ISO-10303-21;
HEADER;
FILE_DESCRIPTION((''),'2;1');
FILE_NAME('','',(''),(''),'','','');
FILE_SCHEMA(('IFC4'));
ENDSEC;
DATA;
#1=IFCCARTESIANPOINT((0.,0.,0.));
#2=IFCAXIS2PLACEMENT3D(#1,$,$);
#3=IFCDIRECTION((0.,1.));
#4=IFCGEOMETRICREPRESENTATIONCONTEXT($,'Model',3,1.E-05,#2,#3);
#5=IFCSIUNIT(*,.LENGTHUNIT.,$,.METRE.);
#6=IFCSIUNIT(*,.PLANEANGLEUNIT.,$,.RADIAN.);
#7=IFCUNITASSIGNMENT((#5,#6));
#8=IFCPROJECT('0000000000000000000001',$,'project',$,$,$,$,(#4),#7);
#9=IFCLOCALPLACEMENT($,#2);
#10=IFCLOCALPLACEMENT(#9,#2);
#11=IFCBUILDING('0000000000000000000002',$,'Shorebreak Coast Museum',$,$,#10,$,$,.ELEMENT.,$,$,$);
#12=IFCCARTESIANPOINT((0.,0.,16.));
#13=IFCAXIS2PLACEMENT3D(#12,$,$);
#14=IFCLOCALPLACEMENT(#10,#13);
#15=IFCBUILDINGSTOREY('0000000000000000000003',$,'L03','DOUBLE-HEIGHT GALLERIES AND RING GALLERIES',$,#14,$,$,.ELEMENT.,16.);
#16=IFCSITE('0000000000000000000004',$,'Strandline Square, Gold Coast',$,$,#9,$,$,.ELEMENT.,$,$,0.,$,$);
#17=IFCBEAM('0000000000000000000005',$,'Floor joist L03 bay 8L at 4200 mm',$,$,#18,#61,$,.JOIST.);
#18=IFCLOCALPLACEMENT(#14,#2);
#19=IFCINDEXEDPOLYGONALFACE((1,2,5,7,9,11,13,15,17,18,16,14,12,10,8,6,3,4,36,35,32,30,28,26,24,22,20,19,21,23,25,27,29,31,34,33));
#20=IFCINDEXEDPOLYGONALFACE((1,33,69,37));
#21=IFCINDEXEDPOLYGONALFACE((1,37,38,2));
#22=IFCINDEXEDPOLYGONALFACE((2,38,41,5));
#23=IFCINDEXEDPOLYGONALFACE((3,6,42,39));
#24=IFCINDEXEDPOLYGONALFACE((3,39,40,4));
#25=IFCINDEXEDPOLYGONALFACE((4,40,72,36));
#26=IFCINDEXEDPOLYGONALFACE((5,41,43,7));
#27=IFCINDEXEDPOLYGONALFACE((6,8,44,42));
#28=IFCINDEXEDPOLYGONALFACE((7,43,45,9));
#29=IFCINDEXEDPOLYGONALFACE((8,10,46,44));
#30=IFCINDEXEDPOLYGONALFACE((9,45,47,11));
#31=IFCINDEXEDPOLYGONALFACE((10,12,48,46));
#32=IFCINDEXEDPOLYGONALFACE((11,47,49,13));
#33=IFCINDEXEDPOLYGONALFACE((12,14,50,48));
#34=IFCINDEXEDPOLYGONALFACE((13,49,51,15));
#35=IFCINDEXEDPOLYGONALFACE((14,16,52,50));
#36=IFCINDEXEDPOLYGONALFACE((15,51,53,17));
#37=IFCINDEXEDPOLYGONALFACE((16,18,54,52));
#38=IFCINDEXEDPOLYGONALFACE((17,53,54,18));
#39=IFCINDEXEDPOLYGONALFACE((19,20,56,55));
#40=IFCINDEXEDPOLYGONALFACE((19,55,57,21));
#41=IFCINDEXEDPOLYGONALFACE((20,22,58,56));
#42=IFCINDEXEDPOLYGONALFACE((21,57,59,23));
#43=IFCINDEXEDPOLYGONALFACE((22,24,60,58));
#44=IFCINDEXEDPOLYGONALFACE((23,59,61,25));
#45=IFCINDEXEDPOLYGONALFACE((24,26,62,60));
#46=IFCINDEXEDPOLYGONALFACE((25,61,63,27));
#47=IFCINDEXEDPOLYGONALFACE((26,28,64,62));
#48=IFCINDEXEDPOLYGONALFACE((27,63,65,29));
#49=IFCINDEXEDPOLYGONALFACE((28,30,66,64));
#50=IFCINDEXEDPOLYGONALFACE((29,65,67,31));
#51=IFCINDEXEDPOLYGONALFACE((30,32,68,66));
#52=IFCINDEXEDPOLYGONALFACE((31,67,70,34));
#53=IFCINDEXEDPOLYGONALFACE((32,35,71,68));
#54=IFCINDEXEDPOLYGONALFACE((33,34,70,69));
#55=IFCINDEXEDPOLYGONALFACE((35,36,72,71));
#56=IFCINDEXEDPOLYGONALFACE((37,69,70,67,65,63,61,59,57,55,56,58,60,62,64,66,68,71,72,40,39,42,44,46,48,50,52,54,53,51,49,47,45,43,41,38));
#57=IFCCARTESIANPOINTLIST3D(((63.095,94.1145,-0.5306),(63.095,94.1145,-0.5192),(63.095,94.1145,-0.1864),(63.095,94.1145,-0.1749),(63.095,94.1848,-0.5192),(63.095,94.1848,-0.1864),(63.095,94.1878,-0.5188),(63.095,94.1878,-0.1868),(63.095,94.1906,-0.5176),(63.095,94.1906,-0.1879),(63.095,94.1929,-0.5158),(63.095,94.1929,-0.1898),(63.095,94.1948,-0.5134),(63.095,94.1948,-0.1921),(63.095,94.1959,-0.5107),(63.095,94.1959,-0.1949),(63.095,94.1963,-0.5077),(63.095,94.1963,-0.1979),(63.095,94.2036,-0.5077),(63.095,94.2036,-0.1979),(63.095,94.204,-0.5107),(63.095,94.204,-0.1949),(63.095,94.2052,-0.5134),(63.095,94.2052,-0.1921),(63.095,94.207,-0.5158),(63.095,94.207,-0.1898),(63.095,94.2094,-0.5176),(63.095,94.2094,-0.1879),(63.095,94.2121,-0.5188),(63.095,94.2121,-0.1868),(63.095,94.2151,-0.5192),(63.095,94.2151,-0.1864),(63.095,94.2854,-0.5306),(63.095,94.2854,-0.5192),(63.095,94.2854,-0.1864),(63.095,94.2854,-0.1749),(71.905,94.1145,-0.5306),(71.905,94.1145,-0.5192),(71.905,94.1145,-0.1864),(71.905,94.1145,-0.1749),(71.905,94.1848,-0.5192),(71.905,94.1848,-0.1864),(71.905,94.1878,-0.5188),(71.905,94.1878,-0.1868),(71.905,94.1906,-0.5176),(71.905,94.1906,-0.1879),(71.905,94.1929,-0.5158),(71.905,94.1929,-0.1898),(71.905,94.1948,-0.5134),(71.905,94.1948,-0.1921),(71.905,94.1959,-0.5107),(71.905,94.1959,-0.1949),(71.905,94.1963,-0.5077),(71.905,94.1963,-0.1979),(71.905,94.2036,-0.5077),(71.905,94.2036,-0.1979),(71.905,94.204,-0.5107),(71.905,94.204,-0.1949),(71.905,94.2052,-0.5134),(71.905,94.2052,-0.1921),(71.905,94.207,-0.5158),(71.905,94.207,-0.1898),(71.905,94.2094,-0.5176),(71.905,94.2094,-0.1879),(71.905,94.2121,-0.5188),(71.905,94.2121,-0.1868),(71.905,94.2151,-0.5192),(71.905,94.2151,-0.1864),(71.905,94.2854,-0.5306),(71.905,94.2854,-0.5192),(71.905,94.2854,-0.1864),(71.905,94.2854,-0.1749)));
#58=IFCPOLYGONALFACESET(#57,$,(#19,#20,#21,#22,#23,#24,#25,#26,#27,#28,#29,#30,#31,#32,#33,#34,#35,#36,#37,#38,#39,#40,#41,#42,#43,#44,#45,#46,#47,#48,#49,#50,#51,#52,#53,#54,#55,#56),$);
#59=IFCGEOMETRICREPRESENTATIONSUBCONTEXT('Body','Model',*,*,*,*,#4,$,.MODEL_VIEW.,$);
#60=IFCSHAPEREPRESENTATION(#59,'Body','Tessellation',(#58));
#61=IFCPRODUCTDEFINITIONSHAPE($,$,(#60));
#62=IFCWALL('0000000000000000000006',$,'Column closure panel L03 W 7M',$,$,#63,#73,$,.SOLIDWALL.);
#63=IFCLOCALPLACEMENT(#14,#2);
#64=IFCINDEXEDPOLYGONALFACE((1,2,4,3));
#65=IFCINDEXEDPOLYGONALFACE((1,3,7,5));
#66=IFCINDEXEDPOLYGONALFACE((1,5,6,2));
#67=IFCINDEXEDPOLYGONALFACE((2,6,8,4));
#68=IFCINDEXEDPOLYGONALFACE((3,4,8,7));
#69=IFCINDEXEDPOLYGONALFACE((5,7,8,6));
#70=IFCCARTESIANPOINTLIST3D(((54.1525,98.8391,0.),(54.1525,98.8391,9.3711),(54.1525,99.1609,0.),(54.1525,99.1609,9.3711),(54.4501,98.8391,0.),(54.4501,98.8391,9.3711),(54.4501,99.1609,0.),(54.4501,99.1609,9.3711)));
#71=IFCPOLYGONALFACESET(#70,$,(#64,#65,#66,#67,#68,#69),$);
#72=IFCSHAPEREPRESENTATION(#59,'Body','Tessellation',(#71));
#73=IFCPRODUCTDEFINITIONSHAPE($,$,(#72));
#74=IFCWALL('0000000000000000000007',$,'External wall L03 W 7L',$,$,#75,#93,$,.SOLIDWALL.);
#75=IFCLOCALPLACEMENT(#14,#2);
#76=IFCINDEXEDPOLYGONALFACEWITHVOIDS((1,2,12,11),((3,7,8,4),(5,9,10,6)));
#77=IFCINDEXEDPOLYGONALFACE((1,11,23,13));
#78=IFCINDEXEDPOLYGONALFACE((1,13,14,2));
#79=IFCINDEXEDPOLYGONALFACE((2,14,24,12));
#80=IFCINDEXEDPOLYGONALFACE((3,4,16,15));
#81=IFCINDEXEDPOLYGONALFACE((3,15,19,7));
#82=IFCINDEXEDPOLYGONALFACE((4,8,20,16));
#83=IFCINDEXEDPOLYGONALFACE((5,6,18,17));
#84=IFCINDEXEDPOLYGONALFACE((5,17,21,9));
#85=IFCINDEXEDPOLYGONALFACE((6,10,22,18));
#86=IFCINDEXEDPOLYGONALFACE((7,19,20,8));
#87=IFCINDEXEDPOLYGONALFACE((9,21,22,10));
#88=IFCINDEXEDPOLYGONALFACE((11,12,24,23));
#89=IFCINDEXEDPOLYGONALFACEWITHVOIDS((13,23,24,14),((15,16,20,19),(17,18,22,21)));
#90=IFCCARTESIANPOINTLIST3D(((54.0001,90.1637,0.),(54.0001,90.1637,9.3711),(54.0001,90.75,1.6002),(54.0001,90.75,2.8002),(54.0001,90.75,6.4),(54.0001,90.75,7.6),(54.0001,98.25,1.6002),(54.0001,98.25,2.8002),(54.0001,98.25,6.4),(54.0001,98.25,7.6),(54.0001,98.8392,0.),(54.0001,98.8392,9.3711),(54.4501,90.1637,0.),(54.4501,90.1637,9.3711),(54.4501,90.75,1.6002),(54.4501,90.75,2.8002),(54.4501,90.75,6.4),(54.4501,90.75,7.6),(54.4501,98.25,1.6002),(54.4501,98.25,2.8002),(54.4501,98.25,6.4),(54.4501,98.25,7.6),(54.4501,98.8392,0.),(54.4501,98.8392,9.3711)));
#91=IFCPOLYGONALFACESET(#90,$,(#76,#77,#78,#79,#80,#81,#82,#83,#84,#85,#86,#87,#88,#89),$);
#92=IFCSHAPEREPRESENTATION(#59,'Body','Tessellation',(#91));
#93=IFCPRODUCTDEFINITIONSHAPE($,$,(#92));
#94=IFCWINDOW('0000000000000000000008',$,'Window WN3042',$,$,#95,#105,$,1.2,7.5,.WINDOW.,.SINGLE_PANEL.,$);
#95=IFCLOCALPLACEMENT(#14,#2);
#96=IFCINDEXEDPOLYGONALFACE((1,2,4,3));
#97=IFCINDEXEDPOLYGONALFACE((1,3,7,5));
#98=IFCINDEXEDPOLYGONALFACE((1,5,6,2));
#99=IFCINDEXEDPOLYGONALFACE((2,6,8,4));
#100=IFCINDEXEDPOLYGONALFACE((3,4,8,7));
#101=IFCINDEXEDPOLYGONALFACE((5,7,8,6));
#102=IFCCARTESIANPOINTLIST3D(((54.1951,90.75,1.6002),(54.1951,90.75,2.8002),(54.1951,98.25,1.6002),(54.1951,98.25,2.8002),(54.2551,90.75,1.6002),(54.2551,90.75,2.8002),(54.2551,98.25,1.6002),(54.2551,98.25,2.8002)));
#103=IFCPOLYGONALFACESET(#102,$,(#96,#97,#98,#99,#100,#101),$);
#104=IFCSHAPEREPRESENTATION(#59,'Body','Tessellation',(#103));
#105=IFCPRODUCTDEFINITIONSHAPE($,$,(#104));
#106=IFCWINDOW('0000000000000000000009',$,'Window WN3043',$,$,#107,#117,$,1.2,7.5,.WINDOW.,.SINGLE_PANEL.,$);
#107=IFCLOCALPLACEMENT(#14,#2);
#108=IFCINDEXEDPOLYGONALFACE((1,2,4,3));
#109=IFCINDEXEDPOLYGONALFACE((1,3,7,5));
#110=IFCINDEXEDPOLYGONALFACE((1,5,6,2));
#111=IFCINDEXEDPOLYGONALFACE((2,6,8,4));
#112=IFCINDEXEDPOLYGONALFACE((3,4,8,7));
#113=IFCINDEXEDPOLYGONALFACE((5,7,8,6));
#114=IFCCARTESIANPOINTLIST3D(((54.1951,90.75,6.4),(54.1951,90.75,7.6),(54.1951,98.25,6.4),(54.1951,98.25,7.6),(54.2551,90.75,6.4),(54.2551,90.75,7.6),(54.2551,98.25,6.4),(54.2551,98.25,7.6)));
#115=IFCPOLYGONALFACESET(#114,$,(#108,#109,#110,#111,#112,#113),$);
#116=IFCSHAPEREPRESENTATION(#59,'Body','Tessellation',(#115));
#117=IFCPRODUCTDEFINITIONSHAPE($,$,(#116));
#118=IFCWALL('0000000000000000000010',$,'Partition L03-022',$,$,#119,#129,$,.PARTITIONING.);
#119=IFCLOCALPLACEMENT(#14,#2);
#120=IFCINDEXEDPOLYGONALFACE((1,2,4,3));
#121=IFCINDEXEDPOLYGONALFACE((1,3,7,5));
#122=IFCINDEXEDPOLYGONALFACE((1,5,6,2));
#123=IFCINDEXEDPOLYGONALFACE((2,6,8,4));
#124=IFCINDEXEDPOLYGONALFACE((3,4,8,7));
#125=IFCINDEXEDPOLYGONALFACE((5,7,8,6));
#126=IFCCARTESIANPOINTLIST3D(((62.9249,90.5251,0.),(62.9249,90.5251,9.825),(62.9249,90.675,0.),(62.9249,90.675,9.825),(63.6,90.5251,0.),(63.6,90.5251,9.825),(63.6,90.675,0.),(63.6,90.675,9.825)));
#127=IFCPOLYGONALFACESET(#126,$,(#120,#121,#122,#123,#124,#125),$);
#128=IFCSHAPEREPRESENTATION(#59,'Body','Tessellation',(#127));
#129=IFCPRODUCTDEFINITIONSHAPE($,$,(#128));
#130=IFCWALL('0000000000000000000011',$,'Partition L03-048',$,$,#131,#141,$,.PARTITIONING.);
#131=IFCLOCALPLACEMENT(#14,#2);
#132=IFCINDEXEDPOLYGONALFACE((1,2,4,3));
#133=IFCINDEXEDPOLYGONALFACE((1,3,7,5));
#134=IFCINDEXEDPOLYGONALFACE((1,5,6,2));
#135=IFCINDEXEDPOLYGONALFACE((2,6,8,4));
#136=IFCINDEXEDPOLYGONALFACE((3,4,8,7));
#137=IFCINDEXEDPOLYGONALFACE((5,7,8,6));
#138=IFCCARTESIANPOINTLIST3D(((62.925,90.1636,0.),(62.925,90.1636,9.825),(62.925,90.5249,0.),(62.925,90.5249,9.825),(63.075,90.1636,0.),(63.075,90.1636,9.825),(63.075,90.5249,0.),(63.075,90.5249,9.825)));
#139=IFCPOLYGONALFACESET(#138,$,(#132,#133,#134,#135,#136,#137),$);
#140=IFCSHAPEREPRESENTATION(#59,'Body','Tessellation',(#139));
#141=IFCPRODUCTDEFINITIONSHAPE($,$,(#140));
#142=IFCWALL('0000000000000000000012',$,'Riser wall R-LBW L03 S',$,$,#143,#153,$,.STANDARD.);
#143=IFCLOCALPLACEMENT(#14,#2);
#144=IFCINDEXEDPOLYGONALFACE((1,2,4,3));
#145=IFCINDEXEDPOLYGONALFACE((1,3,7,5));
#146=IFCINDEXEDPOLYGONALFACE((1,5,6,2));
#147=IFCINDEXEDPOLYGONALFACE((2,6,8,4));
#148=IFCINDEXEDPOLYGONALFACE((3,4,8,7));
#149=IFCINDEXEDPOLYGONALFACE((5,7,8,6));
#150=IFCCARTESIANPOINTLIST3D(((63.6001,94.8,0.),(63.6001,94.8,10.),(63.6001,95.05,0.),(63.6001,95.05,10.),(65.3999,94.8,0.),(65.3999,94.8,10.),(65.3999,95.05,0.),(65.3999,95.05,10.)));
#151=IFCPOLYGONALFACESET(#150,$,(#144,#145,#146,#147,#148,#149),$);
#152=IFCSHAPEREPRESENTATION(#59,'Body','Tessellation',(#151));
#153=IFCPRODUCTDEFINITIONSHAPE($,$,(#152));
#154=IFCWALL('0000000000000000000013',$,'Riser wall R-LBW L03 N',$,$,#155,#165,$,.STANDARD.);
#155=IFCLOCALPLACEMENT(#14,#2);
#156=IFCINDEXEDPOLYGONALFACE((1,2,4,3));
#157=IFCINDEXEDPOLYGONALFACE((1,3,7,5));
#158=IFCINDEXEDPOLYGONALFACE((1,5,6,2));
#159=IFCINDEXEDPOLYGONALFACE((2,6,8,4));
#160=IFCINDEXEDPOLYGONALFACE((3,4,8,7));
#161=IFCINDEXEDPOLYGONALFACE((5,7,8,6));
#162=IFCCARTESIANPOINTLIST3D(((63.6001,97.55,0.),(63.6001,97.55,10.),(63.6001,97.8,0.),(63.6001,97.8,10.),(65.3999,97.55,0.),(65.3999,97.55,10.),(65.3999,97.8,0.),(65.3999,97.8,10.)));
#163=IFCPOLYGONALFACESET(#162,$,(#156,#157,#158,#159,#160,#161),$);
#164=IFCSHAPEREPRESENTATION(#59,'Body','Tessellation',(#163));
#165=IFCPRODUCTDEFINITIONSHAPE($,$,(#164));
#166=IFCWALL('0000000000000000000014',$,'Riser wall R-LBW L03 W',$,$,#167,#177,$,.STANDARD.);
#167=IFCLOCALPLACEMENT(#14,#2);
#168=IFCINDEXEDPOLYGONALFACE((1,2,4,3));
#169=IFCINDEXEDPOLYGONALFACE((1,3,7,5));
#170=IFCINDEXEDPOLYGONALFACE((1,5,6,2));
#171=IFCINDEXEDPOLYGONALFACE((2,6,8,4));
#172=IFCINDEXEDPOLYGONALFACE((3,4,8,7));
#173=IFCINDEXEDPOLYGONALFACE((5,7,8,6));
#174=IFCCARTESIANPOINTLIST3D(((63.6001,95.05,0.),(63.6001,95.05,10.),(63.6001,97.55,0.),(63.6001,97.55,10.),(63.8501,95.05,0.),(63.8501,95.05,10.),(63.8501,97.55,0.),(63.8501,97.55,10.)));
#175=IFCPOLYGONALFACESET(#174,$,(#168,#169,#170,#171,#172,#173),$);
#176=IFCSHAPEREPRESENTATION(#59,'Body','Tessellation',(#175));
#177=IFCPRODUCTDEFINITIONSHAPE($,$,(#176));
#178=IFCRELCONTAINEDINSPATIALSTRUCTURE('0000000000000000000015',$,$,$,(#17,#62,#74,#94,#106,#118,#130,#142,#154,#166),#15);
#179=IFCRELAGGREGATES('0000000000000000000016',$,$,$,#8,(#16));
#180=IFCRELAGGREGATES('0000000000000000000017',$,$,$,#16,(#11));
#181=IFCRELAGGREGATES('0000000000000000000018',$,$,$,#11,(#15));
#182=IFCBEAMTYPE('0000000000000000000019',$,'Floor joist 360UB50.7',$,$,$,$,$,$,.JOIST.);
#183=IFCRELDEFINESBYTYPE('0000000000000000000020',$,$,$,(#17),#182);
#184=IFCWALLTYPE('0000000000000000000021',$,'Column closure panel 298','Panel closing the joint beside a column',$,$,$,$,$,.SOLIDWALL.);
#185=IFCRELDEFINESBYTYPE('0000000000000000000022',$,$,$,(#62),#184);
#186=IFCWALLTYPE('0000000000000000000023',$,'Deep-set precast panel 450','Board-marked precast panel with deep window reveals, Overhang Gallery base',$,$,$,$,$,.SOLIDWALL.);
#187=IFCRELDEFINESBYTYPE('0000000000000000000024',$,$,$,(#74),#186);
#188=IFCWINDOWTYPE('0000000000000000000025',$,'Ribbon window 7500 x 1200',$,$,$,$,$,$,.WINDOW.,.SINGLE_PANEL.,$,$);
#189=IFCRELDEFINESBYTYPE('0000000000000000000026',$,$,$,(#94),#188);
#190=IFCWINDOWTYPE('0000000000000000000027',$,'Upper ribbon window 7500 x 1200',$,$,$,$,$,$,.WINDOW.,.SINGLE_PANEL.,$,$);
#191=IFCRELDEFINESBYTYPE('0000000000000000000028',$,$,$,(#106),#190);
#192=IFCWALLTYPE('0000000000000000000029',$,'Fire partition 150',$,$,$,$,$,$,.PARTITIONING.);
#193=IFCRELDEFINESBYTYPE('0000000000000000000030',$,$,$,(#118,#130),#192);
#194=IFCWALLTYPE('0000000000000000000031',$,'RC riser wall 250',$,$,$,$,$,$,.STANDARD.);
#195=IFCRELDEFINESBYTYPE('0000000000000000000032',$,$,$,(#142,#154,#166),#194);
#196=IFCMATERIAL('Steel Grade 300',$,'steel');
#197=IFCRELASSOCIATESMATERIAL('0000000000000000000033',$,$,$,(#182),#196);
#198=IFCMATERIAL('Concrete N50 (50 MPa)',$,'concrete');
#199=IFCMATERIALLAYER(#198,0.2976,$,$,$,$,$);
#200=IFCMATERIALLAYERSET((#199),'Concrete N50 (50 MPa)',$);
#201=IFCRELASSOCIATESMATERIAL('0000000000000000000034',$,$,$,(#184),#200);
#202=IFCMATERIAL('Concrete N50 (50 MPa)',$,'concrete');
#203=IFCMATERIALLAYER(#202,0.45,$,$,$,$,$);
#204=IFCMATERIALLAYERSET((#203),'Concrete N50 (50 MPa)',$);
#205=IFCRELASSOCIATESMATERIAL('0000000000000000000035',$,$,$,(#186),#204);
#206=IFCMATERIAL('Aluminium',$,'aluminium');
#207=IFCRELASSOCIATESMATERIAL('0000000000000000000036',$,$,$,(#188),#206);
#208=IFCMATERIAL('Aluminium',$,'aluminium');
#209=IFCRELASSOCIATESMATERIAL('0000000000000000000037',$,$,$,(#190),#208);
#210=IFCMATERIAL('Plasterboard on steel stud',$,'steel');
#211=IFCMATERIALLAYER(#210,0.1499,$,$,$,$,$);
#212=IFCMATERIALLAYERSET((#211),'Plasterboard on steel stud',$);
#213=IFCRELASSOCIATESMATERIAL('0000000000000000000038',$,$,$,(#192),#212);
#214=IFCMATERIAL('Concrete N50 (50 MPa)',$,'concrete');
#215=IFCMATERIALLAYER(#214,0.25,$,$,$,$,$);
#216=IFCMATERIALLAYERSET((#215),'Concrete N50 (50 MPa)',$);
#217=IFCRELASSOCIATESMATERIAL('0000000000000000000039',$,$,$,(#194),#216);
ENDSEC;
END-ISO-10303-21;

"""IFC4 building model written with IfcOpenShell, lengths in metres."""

from ifc_helpers import new_model, si_unit, direction, frame, frame_2d, origin, origin_2d, place, context, subcontext, project, spatial, rectangle, i_section, extrude, material, layer, layer_set, material_profile, profile_set, type_object, element, fill, save


model = new_model("IFC4")

# Units and contexts
model_context = context("Model", 3, precision=1e-05, world=origin(), true_north=direction((0.0, 1.0)))
body_context = subcontext(model_context, "Body", "Model", "MODEL_VIEW")
ifc_project = project(units=[si_unit("LENGTHUNIT", "METRE"), si_unit("PLANEANGLEUNIT", "RADIAN")], contexts=[model_context])

# Site, building, storey
site_placement = place(None, origin())
site = spatial("IfcSite", under=ifc_project, at=site_placement, Name="Strandline Square, Gold Coast", CompositionType="ELEMENT", RefElevation=0.0)
building_placement = place(site_placement, origin())
building = spatial("IfcBuilding", under=site, at=building_placement, Name="Shorebreak Coast Museum", CompositionType="ELEMENT")
storey_placement = place(building_placement, frame((0.0, 0.0, 16.0)))
storey = spatial("IfcBuildingStorey", under=building, at=storey_placement, Name="L03", Description="DOUBLE-HEIGHT GALLERIES AND RING GALLERIES", CompositionType="ELEMENT", Elevation=16.0)

# Beam
ifc_material_1 = material(Name="Steel Grade 300", Category="steel")
ifc_material_profile_1 = material_profile(ifc_material_1, i_section(OverallWidth=0.1709, OverallDepth=0.3557, WebThickness=0.0073, FlangeThickness=0.0115, FilletRadius=0.0115, at=origin_2d()), Name="360UB50.7")
ifc_profile_set_1 = profile_set([ifc_material_profile_1], Name="Steel Grade 300")
beam_type_1 = type_object("IfcBeamType", Name="Floor joist 360UB50.7", PredefinedType="JOIST", material=ifc_profile_set_1)
for number, where, z_axis, x_axis, name in (
    (1, (63.095, 94.2, -0.3528), (1.0, 0.0, 0.0), (0.0, 1.0, 0.0), "Floor joist L03 bay 8L at 4200 mm"),
):
    element("IfcBeam", number, at=place(storey_placement, frame(where, z_axis=z_axis, x_axis=x_axis)), inside=storey, type_object=beam_type_1, Name=name, PredefinedType="JOIST", context=body_context, shape_type="SweptSolid", body=[
        extrude(i_section(OverallWidth=0.1709, OverallDepth=0.3557, WebThickness=0.0073, FlangeThickness=0.0115, FilletRadius=0.0115, at=origin_2d()), origin(), (0.0, 0.0, 1.0), 8.8101),
    ])

# Wall
ifc_material_2 = material(Name="Concrete N50 (50 MPa)", Category="concrete")
ifc_layer_1 = layer(ifc_material_2, 0.2976)
ifc_layer_set_1 = layer_set([ifc_layer_1], Name="Concrete N50 (50 MPa)")
wall_type_1 = type_object("IfcWallType", Name="Column closure panel 298", Description="Panel closing the joint beside a column", PredefinedType="SOLIDWALL", material=ifc_layer_set_1)
wall_1_placement = place(storey_placement, frame((54.3013, 98.8391, 0.0), z_axis=(0.0, 0.0, 1.0), x_axis=(0.0, 1.0, 0.0)))
element("IfcWall", 2, at=wall_1_placement, inside=storey, type_object=wall_type_1, Name="Column closure panel L03 W 7M", PredefinedType="SOLIDWALL", context=body_context, shape_type="SweptSolid", body=[
    extrude(rectangle(XDim=0.3218, YDim=0.2976, at=frame_2d((0.1609, 0.0))), origin(), (0.0, 0.0, 1.0), 9.3711),
])

# Wall, openings, windows
ifc_material_3 = material(Name="Concrete N50 (50 MPa)", Category="concrete")
ifc_layer_2 = layer(ifc_material_3, 0.45)
ifc_layer_set_2 = layer_set([ifc_layer_2], Name="Concrete N50 (50 MPa)")
wall_type_2 = type_object("IfcWallType", Name="Deep-set precast panel 450", Description="Board-marked precast panel with deep window reveals, Overhang Gallery base", PredefinedType="SOLIDWALL", material=ifc_layer_set_2)
wall_2_placement = place(storey_placement, frame((54.2251, 90.1636, 0.0), z_axis=(0.0, 0.0, 1.0), x_axis=(0.0, 1.0, 0.0)))
wall_2 = element("IfcWall", 3, at=wall_2_placement, inside=storey, type_object=wall_type_2, Name="External wall L03 W 7L", PredefinedType="SOLIDWALL", context=body_context, shape_type="SweptSolid", body=[
    extrude(rectangle(XDim=8.6755, YDim=0.45, at=frame_2d((4.3379, 0.0))), origin(), (0.0, 0.0, 1.0), 9.3711),
])
opening_1_placement = place(wall_2_placement, frame((0.5864, 0.0, 6.3999)))
opening_1 = element("IfcOpeningElement", 4, at=opening_1_placement, cuts=wall_2, PredefinedType="OPENING", context=body_context, shape_type="SweptSolid", body=[
    extrude(rectangle(XDim=7.5, YDim=1.2, at=frame_2d((3.75, 0.6001))), frame((0.0, 0.2349, 0.0), z_axis=(0.0, -1.0, 0.0), x_axis=(1.0, 0.0, 0.0)), (0.0, 0.0, 1.0), 0.47),
])
opening_2_placement = place(wall_2_placement, frame((0.5864, 0.0, 1.6001)))
opening_2 = element("IfcOpeningElement", 5, at=opening_2_placement, cuts=wall_2, PredefinedType="OPENING", context=body_context, shape_type="SweptSolid", body=[
    extrude(rectangle(XDim=7.5, YDim=1.2, at=frame_2d((3.75, 0.6001))), frame((0.0, 0.2349, 0.0), z_axis=(0.0, -1.0, 0.0), x_axis=(1.0, 0.0, 0.0)), (0.0, 0.0, 1.0), 0.47),
])
ifc_material_4 = material(Name="Aluminium", Category="aluminium")
window_type_1 = type_object("IfcWindowType", Name="Ribbon window 7500 x 1200", PartitioningType="SINGLE_PANEL", PredefinedType="WINDOW", material=ifc_material_4)
window_1_placement = place(opening_2_placement, origin())
window_1 = element("IfcWindow", 6, at=window_1_placement, inside=storey, type_object=window_type_1, Name="Window WN3042", OverallHeight=1.2, OverallWidth=7.5, PartitioningType="SINGLE_PANEL", PredefinedType="WINDOW", context=body_context, shape_type="SweptSolid", body=[
    extrude(rectangle(XDim=7.5, YDim=1.2, at=frame_2d((3.75, 0.6001))), frame((0.0, 0.03, 0.0), z_axis=(0.0, -1.0, 0.0), x_axis=(1.0, 0.0, 0.0)), (0.0, 0.0, 1.0), 0.0601),
])
fill(opening_2, window_1)
ifc_material_5 = material(Name="Aluminium", Category="aluminium")
window_type_2 = type_object("IfcWindowType", Name="Upper ribbon window 7500 x 1200", PartitioningType="SINGLE_PANEL", PredefinedType="WINDOW", material=ifc_material_5)
window_2_placement = place(opening_1_placement, origin())
window_2 = element("IfcWindow", 7, at=window_2_placement, inside=storey, type_object=window_type_2, Name="Window WN3043", OverallHeight=1.2, OverallWidth=7.5, PartitioningType="SINGLE_PANEL", PredefinedType="WINDOW", context=body_context, shape_type="SweptSolid", body=[
    extrude(rectangle(XDim=7.5, YDim=1.2, at=frame_2d((3.75, 0.6001))), frame((0.0, 0.03, 0.0), z_axis=(0.0, -1.0, 0.0), x_axis=(1.0, 0.0, 0.0)), (0.0, 0.0, 1.0), 0.0601),
])
fill(opening_1, window_2)

# Walls
ifc_material_6 = material(Name="Plasterboard on steel stud", Category="steel")
ifc_layer_3 = layer(ifc_material_6, 0.1499)
ifc_layer_set_3 = layer_set([ifc_layer_3], Name="Plasterboard on steel stud")
wall_type_3 = type_object("IfcWallType", Name="Fire partition 150", PredefinedType="PARTITIONING", material=ifc_layer_set_3)
wall_3_placement = place(storey_placement, frame((62.925, 90.6001, 0.0), z_axis=(0.0, 0.0, 1.0), x_axis=(1.0, 0.0, 0.0)))
element("IfcWall", 8, at=wall_3_placement, inside=storey, type_object=wall_type_3, Name="Partition L03-022", PredefinedType="PARTITIONING", context=body_context, shape_type="SweptSolid", body=[
    extrude(rectangle(XDim=0.675, YDim=0.1499, at=frame_2d((0.3374, 0.0))), origin(), (0.0, 0.0, 1.0), 9.825),
])
wall_4_placement = place(storey_placement, frame((63.0, 90.1636, 0.0), z_axis=(0.0, 0.0, 1.0), x_axis=(0.0, 1.0, 0.0)))
element("IfcWall", 9, at=wall_4_placement, inside=storey, type_object=wall_type_3, Name="Partition L03-048", PredefinedType="PARTITIONING", context=body_context, shape_type="SweptSolid", body=[
    extrude(rectangle(XDim=0.3613, YDim=0.1499, at=frame_2d((0.1807, 0.0))), origin(), (0.0, 0.0, 1.0), 9.825),
])
ifc_material_7 = material(Name="Concrete N50 (50 MPa)", Category="concrete")
ifc_layer_4 = layer(ifc_material_7, 0.25)
ifc_layer_set_4 = layer_set([ifc_layer_4], Name="Concrete N50 (50 MPa)")
wall_type_4 = type_object("IfcWallType", Name="RC riser wall 250", PredefinedType="STANDARD", material=ifc_layer_set_4)
for number, where, z_axis, x_axis, name in (
    (10, (63.6001, 94.925, 0.0), (0.0, 0.0, 1.0), (1.0, 0.0, 0.0), "Riser wall R-LBW L03 S"),
    (11, (63.6001, 97.675, 0.0), (0.0, 0.0, 1.0), (1.0, 0.0, 0.0), "Riser wall R-LBW L03 N"),
):
    element("IfcWall", number, at=place(storey_placement, frame(where, z_axis=z_axis, x_axis=x_axis)), inside=storey, type_object=wall_type_4, Name=name, PredefinedType="STANDARD", context=body_context, shape_type="SweptSolid", body=[
        extrude(rectangle(XDim=1.7998, YDim=0.25, at=frame_2d((0.8999, 0.0))), origin(), (0.0, 0.0, 1.0), 10.0),
    ])
wall_5_placement = place(storey_placement, frame((63.7251, 95.05, 0.0), z_axis=(0.0, 0.0, 1.0), x_axis=(0.0, 1.0, 0.0)))
element("IfcWall", 12, at=wall_5_placement, inside=storey, type_object=wall_type_4, Name="Riser wall R-LBW L03 W", PredefinedType="STANDARD", context=body_context, shape_type="SweptSolid", body=[
    extrude(rectangle(XDim=2.5, YDim=0.25, at=frame_2d((1.25, 0.0))), origin(), (0.0, 0.0, 1.0), 10.0),
])

save(model, "model.ifc")
